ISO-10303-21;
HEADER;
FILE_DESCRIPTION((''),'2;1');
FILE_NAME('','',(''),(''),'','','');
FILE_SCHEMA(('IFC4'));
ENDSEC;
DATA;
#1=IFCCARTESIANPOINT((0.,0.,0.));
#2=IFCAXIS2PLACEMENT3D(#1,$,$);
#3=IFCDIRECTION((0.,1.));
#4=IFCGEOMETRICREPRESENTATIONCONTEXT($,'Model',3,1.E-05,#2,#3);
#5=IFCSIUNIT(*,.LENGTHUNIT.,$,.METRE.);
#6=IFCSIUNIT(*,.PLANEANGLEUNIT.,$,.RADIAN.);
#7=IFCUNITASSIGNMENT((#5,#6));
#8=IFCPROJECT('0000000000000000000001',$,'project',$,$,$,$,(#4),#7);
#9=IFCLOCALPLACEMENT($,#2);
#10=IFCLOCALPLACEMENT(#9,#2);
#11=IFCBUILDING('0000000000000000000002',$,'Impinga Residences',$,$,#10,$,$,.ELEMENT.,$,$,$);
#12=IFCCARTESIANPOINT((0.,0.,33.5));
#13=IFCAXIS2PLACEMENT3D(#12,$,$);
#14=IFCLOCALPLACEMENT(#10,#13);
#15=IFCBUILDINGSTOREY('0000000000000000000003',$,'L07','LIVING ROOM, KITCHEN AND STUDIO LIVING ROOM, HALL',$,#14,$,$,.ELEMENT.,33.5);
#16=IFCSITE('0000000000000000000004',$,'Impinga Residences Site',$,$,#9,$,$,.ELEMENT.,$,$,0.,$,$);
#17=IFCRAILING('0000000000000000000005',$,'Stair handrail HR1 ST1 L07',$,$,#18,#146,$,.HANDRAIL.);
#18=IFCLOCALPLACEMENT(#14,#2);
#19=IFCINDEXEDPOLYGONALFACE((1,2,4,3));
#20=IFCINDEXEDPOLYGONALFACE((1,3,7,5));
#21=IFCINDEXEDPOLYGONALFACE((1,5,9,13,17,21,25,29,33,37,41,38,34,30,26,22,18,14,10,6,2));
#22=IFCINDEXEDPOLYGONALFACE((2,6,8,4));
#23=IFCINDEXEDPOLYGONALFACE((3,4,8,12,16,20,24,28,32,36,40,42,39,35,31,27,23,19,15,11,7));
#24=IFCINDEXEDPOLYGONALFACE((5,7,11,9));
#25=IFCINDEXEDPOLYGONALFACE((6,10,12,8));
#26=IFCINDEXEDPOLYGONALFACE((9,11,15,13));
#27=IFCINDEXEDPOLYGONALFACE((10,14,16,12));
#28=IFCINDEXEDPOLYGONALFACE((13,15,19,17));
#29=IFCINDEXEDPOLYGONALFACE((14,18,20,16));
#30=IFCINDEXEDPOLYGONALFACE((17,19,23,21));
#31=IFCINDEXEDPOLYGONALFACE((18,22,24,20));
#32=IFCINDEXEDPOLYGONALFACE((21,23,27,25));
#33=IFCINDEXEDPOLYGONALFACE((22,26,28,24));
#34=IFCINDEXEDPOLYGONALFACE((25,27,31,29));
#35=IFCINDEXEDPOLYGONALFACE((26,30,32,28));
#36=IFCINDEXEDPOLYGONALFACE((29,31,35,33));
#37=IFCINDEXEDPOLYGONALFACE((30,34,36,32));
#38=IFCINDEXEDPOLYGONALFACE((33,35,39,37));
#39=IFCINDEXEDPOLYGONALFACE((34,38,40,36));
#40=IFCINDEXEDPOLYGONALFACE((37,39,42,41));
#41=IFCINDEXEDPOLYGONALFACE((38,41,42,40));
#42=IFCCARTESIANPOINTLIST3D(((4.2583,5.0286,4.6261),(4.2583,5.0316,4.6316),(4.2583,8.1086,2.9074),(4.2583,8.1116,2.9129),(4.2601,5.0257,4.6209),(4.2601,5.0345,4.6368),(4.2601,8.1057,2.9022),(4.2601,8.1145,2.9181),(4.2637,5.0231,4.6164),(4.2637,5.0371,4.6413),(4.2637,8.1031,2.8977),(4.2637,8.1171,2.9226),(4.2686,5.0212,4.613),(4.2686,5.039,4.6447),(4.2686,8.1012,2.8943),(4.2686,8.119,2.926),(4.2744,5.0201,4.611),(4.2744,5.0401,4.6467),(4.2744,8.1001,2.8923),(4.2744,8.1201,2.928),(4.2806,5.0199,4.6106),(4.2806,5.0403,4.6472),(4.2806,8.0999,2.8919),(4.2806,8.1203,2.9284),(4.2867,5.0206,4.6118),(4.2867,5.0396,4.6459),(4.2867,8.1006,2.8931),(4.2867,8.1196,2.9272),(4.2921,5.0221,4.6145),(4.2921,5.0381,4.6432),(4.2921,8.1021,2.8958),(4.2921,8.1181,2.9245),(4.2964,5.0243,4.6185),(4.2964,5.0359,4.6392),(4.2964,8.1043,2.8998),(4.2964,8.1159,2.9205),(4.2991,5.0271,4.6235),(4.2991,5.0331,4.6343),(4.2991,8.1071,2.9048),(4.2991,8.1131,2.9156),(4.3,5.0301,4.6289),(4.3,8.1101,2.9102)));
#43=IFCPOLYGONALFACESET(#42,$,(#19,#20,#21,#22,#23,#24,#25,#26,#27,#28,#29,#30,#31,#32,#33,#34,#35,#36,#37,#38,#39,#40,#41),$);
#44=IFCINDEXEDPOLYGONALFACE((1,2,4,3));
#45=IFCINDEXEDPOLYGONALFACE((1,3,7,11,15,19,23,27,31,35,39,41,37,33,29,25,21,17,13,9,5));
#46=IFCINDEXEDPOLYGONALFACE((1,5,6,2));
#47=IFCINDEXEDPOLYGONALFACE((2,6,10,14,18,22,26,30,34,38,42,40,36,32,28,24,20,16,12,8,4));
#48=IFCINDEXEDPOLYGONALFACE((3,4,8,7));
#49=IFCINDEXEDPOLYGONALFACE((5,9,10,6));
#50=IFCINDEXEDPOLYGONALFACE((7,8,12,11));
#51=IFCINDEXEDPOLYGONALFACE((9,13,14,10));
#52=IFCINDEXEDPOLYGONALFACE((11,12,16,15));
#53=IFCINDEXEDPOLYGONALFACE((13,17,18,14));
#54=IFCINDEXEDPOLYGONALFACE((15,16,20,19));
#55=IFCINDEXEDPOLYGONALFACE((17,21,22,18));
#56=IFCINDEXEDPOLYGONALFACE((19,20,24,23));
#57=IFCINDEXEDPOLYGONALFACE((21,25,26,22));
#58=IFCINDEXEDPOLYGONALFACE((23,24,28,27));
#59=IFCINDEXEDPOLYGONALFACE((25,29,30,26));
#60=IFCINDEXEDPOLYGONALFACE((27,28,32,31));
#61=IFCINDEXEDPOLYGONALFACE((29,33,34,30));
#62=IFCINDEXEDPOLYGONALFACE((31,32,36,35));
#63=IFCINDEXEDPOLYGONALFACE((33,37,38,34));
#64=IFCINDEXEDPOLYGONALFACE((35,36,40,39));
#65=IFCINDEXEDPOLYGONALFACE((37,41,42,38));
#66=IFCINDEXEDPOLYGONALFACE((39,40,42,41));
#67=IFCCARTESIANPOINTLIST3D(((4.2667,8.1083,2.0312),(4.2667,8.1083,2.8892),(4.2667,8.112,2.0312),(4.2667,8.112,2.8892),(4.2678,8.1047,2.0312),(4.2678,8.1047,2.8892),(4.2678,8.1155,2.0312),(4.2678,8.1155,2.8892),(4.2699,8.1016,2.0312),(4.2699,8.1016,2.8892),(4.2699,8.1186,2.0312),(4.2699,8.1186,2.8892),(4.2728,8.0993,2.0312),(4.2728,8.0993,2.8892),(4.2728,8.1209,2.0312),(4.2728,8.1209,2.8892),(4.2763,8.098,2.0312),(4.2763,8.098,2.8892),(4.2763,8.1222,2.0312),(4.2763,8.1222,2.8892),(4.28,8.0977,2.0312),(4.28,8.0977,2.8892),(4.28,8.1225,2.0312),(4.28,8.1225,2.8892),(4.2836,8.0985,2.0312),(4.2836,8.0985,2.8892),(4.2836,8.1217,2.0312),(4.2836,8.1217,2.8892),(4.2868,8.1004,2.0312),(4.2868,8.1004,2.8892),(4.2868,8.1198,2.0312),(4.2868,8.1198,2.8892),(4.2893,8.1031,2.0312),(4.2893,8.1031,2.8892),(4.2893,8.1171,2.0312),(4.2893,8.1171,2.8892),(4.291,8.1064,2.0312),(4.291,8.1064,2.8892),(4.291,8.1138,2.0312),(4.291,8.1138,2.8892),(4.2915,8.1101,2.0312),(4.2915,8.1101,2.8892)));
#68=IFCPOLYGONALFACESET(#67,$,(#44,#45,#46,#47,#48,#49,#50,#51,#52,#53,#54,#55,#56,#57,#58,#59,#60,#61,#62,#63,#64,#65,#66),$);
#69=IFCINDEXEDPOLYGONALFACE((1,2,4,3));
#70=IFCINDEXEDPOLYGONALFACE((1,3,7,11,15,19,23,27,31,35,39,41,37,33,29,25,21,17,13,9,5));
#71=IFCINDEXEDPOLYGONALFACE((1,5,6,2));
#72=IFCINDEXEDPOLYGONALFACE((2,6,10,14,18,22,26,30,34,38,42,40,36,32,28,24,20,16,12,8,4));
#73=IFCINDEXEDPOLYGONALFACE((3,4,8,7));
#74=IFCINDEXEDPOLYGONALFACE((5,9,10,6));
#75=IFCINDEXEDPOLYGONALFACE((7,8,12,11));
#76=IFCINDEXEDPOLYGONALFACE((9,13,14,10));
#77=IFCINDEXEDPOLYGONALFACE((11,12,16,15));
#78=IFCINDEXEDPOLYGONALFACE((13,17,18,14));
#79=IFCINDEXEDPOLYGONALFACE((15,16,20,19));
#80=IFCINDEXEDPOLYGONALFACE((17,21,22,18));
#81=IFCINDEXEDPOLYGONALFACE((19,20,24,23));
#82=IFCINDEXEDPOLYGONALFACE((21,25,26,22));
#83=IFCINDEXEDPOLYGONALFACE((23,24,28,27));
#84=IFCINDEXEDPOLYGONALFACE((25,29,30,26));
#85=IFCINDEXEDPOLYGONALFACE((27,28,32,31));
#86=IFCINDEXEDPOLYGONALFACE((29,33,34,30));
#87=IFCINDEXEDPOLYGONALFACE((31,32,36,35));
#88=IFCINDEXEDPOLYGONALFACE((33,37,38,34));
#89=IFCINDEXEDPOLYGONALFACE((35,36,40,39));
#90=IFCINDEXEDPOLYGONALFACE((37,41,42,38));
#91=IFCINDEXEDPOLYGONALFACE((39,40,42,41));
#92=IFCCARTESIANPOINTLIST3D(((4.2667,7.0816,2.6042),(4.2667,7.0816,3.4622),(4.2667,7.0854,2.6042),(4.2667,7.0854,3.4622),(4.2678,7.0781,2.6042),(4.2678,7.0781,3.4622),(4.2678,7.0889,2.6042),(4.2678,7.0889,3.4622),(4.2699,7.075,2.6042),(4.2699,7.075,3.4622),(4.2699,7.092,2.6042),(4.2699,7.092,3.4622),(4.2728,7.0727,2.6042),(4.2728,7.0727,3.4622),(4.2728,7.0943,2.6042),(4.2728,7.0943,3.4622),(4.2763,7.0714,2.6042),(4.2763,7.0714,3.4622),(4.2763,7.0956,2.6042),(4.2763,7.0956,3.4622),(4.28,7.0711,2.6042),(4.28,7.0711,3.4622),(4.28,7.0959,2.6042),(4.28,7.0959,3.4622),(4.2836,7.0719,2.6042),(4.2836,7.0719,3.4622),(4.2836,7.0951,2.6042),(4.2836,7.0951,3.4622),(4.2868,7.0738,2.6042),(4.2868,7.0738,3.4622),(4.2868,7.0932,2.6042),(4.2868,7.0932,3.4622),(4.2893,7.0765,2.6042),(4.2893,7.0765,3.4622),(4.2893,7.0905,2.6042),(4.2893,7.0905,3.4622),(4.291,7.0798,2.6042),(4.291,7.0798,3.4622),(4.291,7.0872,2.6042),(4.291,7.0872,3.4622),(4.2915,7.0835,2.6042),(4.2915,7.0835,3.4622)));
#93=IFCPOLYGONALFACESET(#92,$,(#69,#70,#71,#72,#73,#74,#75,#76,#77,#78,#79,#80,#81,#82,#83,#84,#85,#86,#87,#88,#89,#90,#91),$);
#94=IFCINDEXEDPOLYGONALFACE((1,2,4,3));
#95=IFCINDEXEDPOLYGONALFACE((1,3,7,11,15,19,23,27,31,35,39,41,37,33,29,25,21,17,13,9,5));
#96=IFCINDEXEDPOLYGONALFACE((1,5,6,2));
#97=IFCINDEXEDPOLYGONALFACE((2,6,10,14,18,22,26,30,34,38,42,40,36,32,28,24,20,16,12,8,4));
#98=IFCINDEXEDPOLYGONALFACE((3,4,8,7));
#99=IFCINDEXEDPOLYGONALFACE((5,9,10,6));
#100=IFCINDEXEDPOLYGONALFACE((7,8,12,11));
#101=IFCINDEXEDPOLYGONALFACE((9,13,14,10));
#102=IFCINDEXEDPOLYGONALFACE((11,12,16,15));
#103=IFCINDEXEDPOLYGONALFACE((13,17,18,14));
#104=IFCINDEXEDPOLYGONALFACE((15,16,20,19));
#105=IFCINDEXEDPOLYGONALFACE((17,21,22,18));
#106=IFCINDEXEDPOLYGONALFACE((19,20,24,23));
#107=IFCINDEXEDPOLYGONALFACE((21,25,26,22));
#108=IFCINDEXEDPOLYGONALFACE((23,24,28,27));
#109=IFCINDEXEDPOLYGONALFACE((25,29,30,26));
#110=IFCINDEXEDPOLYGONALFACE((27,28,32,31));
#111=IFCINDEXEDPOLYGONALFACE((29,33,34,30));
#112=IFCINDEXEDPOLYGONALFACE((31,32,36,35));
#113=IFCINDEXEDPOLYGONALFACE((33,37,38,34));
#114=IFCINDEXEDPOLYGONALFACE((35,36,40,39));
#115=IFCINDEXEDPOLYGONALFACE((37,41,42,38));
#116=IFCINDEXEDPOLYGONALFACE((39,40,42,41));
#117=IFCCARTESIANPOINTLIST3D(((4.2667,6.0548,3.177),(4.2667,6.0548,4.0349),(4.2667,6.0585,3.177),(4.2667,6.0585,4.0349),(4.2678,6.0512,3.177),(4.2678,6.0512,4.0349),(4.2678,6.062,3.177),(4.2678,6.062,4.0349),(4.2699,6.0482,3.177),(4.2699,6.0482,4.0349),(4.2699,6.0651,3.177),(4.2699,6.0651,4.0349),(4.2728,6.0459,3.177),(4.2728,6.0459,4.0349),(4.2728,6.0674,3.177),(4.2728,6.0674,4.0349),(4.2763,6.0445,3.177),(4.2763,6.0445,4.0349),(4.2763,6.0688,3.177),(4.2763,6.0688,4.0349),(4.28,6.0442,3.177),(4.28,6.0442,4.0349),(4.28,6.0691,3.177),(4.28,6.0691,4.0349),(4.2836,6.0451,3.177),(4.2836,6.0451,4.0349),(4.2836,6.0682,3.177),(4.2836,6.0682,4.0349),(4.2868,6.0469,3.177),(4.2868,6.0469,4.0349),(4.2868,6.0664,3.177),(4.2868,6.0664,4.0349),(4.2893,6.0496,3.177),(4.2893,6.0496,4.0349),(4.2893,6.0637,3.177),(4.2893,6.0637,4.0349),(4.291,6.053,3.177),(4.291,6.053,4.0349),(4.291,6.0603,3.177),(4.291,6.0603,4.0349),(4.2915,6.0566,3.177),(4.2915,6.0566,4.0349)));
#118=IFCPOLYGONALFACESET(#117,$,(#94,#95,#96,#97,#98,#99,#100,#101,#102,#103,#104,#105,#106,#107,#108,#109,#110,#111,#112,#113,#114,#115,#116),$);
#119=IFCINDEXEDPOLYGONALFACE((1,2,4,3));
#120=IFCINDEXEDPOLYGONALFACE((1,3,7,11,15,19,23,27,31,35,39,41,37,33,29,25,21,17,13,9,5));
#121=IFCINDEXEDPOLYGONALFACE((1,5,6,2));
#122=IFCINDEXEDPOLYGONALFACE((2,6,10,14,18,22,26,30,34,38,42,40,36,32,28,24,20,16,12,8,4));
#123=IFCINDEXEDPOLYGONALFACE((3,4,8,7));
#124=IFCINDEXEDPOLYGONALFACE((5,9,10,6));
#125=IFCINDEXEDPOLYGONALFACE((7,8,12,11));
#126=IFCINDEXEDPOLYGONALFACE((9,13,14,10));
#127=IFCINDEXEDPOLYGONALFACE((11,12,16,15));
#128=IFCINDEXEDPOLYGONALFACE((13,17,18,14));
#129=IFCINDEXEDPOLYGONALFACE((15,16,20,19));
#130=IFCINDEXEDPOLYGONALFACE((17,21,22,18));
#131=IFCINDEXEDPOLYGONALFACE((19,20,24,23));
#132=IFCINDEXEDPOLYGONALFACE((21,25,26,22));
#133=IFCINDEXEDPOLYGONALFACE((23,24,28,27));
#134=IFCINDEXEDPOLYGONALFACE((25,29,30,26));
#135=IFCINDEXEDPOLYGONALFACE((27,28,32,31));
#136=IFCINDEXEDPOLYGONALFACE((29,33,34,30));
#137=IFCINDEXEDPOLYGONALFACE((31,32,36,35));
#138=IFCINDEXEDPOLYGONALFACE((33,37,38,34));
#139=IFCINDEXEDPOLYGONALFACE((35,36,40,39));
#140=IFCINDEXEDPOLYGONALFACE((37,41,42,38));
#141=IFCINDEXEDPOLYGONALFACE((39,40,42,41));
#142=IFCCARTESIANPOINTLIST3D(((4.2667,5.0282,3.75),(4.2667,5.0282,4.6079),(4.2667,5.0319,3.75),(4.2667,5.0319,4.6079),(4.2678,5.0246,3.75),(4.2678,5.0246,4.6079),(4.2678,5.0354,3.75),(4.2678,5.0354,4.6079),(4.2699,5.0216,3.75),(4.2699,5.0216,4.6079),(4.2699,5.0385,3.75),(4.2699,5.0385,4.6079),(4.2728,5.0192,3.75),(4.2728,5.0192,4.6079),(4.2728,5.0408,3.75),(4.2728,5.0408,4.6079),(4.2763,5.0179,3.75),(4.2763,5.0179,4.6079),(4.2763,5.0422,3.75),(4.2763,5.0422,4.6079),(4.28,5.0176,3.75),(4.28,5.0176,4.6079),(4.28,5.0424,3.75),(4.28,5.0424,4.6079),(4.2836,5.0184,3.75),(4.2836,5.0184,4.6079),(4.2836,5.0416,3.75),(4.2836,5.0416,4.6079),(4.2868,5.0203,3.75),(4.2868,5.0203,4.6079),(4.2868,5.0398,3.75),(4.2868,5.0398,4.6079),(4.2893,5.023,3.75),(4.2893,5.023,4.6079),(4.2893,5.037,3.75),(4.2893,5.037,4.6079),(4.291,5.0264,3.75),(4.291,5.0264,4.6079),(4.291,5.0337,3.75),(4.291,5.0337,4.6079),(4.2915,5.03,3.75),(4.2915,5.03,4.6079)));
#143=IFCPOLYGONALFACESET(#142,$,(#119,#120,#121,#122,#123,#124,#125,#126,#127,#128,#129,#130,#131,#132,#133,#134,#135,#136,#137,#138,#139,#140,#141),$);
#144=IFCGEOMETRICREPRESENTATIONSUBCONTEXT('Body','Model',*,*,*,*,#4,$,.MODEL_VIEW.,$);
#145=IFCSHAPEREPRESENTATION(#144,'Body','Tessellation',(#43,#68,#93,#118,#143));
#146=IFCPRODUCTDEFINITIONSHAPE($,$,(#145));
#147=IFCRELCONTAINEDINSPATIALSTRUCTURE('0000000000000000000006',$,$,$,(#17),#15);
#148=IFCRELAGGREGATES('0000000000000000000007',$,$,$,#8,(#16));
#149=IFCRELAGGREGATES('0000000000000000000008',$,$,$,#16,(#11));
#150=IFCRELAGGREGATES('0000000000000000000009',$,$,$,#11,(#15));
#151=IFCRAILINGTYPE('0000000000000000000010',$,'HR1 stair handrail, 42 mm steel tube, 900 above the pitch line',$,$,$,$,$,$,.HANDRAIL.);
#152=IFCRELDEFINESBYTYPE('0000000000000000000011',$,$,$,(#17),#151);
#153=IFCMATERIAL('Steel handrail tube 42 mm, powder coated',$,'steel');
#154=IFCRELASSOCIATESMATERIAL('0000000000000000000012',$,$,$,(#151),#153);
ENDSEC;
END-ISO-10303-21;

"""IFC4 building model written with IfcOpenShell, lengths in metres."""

from ifc_helpers import new_model, si_unit, direction, frame, origin, origin_2d, place, context, subcontext, project, spatial, circle, extrude, material, type_object, element, save


model = new_model("IFC4")

# Units and contexts
model_context = context("Model", 3, precision=1e-05, world=origin(), true_north=direction((0.0, 1.0)))
body_context = subcontext(model_context, "Body", "Model", "MODEL_VIEW")
ifc_project = project(units=[si_unit("LENGTHUNIT", "METRE"), si_unit("PLANEANGLEUNIT", "RADIAN")], contexts=[model_context])

# Site, building, storey
site_placement = place(None, origin())
site = spatial("IfcSite", under=ifc_project, at=site_placement, Name="Impinga Residences Site", CompositionType="ELEMENT", RefElevation=0.0)
building_placement = place(site_placement, origin())
building = spatial("IfcBuilding", under=site, at=building_placement, Name="Impinga Residences", CompositionType="ELEMENT")
storey_placement = place(building_placement, frame((0.0, 0.0, 33.5)))
storey = spatial("IfcBuildingStorey", under=building, at=storey_placement, Name="L07", Description="LIVING ROOM, KITCHEN AND STUDIO LIVING ROOM, HALL", CompositionType="ELEMENT", Elevation=33.5)

# Railing
ifc_material_1 = material(Name="Steel handrail tube 42 mm, powder coated", Category="steel")
railing_type_1 = type_object("IfcRailingType", Name="HR1 stair handrail, 42 mm steel tube, 900 above the pitch line", PredefinedType="HANDRAIL", material=ifc_material_1)
railing_1_placement = place(storey_placement, frame((4.2791, 8.1101, 2.0312)))
element("IfcRailing", 1, at=railing_1_placement, inside=storey, type_object=railing_type_1, Name="Stair handrail HR1 ST1 L07", PredefinedType="HANDRAIL", context=body_context, shape_type="SweptSolid", body=[
    extrude(circle(Radius=0.021, at=origin_2d()), frame((0.0, 0.0, 0.8789), z_axis=(0.0, -0.873242, 0.487288), x_axis=(1.0, 0.0, 0.0)), (0.0, 0.0, 1.0), 3.5271),
    extrude(circle(Radius=0.0125, at=origin_2d()), origin(), (0.0, 0.0, 1.0), 0.8579),
    extrude(circle(Radius=0.0125, at=origin_2d()), frame((0.0, -1.0266, 0.573)), (0.0, 0.0, 1.0), 0.8579),
    extrude(circle(Radius=0.0125, at=origin_2d()), frame((0.0, -2.0535, 1.1458)), (0.0, 0.0, 1.0), 0.8579),
    extrude(circle(Radius=0.0125, at=origin_2d()), frame((0.0, -3.0801, 1.7188)), (0.0, 0.0, 1.0), 0.8579),
])

save(model, "model.ifc")
